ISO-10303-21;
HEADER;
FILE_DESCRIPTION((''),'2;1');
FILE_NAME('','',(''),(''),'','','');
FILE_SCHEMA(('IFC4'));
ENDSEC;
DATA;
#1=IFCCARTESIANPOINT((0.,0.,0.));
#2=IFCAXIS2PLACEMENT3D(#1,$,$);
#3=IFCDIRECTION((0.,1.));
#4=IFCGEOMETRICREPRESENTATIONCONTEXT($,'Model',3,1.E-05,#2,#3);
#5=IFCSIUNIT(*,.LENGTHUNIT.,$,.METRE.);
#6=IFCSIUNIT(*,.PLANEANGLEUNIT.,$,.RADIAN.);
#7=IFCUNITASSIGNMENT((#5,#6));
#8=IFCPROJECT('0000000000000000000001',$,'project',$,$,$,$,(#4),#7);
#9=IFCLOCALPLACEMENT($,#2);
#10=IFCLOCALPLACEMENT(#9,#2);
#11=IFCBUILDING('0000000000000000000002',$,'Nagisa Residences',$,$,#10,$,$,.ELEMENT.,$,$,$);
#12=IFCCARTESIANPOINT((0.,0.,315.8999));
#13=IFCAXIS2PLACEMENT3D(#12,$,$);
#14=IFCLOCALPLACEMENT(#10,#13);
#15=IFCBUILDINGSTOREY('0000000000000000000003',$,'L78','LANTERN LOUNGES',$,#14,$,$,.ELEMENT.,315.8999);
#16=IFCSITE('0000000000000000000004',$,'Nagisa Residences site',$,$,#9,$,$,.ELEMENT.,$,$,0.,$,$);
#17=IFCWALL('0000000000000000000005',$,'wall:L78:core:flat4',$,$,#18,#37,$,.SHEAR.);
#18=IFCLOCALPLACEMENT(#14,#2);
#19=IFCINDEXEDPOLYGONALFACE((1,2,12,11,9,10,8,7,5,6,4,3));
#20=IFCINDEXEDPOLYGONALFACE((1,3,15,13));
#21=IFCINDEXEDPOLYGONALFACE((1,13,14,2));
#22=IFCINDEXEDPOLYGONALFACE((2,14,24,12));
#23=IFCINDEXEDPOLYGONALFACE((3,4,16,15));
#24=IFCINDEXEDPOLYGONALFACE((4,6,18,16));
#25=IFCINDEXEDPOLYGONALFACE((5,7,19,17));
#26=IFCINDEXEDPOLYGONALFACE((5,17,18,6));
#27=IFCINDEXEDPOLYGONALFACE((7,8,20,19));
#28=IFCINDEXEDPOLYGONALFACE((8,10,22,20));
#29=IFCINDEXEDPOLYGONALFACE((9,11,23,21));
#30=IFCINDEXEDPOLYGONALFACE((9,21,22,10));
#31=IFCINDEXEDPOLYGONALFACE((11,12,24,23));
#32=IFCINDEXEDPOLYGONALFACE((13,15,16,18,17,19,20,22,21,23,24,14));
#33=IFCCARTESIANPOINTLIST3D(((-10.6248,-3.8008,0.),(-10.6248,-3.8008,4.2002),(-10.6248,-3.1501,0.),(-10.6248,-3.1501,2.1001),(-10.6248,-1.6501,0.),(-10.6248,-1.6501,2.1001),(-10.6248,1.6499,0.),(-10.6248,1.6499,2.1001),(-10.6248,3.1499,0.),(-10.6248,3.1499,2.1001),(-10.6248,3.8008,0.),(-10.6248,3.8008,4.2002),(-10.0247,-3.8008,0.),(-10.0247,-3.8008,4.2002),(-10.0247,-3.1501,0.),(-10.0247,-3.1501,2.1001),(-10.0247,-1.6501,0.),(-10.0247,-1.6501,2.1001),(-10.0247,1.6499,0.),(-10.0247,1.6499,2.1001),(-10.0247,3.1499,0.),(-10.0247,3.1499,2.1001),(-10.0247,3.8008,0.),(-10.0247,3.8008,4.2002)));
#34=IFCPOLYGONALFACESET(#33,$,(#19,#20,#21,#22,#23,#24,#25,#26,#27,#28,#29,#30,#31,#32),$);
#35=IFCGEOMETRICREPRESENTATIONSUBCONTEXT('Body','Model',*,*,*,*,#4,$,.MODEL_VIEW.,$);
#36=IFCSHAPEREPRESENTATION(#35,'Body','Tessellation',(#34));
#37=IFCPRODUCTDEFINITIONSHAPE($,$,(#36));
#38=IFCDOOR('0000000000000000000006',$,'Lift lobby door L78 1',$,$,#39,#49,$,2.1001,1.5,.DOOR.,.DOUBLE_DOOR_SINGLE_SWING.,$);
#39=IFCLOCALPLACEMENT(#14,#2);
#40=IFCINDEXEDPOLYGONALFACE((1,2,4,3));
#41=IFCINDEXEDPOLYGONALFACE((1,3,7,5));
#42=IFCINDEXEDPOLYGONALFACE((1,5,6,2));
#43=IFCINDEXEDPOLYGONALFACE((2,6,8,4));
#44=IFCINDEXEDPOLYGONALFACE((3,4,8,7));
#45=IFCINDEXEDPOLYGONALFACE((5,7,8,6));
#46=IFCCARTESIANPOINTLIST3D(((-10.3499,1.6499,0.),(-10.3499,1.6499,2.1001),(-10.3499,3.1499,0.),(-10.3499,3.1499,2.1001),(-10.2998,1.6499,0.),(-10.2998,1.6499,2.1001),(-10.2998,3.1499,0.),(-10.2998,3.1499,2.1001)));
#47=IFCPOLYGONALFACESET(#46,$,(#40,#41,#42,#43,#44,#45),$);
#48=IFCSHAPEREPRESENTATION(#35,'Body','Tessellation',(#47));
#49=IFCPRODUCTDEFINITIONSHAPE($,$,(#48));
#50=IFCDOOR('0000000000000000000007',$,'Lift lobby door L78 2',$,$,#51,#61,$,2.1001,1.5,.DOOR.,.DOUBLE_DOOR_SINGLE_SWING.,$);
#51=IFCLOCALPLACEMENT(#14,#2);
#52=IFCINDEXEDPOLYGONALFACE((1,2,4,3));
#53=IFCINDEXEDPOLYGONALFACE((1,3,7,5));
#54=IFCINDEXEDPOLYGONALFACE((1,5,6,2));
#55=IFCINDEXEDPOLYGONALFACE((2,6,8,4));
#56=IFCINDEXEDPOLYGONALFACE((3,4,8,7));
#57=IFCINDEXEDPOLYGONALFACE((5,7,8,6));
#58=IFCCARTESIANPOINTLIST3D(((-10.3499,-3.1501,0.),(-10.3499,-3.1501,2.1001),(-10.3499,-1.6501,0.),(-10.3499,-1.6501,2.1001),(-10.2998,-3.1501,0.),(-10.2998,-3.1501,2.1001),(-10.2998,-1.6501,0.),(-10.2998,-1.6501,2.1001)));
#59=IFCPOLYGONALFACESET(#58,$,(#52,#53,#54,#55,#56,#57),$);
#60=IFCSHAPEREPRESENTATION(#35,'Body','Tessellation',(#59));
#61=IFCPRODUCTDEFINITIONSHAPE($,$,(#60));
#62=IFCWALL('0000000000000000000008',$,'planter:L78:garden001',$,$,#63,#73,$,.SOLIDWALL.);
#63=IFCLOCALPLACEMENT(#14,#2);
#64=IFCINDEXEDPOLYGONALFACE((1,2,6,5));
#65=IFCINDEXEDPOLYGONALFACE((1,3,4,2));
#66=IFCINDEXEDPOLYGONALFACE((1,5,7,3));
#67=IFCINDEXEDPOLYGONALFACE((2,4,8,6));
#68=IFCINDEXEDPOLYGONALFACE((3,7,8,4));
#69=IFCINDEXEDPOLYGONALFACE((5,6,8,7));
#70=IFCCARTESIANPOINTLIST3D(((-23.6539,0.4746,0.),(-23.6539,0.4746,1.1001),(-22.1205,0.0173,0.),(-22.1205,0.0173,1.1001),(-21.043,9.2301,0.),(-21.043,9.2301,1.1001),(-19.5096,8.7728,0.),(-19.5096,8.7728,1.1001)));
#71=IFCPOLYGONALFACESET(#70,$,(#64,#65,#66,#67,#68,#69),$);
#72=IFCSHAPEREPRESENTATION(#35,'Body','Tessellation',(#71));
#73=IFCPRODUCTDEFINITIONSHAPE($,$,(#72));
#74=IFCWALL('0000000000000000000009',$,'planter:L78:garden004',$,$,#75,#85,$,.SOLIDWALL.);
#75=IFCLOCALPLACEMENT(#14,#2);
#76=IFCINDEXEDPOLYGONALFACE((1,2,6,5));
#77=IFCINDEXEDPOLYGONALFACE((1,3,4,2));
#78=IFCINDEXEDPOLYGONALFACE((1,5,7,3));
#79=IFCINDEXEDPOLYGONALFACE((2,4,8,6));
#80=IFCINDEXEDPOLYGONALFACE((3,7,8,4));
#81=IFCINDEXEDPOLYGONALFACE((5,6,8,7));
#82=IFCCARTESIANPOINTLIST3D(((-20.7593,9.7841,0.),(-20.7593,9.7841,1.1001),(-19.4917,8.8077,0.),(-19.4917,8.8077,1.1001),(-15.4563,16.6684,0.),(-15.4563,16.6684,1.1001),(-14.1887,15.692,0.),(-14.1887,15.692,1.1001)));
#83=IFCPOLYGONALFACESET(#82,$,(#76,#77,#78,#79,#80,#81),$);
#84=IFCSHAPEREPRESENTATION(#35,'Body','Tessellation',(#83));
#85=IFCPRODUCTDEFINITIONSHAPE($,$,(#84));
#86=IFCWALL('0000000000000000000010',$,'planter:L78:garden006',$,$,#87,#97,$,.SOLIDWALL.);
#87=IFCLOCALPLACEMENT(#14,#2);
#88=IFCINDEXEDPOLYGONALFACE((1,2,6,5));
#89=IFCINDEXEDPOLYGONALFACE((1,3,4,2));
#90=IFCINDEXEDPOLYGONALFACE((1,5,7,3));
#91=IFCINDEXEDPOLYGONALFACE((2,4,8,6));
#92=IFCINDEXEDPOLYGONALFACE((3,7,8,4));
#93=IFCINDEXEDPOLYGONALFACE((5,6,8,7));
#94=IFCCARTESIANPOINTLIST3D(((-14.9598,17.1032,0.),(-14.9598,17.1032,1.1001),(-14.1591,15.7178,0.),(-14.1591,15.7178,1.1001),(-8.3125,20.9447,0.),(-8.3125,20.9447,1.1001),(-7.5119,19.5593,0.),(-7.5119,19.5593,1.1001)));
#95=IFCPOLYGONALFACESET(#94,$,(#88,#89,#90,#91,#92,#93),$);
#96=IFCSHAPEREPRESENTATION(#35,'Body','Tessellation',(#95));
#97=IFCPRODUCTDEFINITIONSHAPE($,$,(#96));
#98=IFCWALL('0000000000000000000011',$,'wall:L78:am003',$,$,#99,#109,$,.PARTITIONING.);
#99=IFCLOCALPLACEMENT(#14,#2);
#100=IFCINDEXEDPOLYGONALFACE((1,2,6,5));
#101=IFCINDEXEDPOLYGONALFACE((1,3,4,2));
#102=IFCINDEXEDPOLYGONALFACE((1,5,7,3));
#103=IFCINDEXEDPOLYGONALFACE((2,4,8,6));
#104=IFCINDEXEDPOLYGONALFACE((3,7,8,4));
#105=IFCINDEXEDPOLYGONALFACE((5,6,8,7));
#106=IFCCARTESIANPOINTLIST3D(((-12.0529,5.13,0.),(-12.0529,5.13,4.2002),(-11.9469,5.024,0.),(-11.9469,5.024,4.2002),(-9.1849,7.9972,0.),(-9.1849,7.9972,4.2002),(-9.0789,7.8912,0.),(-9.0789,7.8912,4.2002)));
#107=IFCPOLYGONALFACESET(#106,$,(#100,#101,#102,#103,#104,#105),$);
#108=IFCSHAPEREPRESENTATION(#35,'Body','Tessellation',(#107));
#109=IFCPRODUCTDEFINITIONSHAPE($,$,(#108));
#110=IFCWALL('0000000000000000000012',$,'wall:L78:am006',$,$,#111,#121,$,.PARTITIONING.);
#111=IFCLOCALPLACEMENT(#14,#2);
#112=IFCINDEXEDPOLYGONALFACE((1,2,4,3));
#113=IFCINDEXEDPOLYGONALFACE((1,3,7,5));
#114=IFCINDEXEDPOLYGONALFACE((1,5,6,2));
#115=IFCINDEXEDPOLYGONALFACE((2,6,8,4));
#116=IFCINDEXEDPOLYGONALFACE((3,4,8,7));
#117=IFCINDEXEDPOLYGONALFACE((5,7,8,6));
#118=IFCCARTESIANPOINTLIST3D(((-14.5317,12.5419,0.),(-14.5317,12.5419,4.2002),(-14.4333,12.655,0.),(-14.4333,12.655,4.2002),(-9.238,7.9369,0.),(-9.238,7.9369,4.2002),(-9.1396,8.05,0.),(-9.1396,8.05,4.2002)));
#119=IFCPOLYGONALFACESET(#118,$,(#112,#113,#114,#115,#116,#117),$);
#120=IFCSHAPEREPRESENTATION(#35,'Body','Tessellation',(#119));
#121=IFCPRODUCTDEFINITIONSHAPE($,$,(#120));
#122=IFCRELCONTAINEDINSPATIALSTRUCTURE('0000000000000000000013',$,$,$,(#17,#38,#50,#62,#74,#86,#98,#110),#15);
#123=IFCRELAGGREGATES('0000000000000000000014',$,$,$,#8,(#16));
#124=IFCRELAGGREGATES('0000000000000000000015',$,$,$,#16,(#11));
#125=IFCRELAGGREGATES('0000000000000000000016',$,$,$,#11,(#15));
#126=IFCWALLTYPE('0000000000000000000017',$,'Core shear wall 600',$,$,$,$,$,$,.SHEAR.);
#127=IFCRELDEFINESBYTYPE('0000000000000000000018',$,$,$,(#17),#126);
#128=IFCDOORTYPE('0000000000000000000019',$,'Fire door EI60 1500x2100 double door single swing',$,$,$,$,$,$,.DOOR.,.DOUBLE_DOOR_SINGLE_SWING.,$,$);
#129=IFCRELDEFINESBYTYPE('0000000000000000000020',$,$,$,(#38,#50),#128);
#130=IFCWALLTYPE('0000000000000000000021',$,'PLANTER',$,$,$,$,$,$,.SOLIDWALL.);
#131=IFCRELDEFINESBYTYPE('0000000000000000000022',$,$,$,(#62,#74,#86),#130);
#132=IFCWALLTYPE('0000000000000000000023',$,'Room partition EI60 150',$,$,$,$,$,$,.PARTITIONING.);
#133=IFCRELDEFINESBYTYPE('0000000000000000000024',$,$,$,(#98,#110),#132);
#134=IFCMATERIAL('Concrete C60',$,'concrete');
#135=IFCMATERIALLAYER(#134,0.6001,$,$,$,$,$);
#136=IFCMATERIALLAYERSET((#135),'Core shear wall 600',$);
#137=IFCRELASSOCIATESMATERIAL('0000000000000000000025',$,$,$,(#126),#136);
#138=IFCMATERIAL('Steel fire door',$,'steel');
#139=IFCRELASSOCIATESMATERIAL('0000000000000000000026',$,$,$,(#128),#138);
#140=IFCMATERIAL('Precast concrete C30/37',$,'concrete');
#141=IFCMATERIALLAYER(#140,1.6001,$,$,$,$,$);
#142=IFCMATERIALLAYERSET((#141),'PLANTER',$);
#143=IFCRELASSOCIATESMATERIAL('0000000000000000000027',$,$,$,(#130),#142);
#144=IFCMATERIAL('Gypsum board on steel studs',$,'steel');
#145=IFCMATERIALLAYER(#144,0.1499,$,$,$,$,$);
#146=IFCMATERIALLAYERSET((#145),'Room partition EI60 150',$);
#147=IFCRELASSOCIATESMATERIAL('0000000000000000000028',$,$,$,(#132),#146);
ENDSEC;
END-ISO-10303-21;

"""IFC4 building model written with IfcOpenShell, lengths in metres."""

from ifc_helpers import new_model, si_unit, direction, frame, frame_2d, origin, place, context, subcontext, project, spatial, rectangle, extrude, material, layer, layer_set, type_object, element, fill, save


model = new_model("IFC4")

# Units and contexts
model_context = context("Model", 3, precision=1e-05, world=origin(), true_north=direction((0.0, 1.0)))
body_context = subcontext(model_context, "Body", "Model", "MODEL_VIEW")
ifc_project = project(units=[si_unit("LENGTHUNIT", "METRE"), si_unit("PLANEANGLEUNIT", "RADIAN")], contexts=[model_context])

# Site, building, storey
site_placement = place(None, origin())
site = spatial("IfcSite", under=ifc_project, at=site_placement, Name="Nagisa Residences site", CompositionType="ELEMENT", RefElevation=0.0)
building_placement = place(site_placement, origin())
building = spatial("IfcBuilding", under=site, at=building_placement, Name="Nagisa Residences", CompositionType="ELEMENT")
storey_placement = place(building_placement, frame((0.0, 0.0, 315.8999)))
storey = spatial("IfcBuildingStorey", under=building, at=storey_placement, Name="L78", Description="LANTERN LOUNGES", CompositionType="ELEMENT", Elevation=315.8999)

# Wall, openings, doors
ifc_material_1 = material(Name="Concrete C60", Category="concrete")
ifc_layer_1 = layer(ifc_material_1, 0.6001)
ifc_layer_set_1 = layer_set([ifc_layer_1], Name="Core shear wall 600")
wall_type_1 = type_object("IfcWallType", Name="Core shear wall 600", PredefinedType="SHEAR", material=ifc_layer_set_1)
wall_1_placement = place(storey_placement, frame((-10.3247, 3.8008, 0.0), z_axis=(0.0, 0.0, 1.0), x_axis=(0.0, -1.0, 0.0)))
wall_1 = element("IfcWall", 1, at=wall_1_placement, inside=storey, type_object=wall_type_1, Name="wall:L78:core:flat4", PredefinedType="SHEAR", context=body_context, shape_type="SweptSolid", body=[
    extrude(rectangle(XDim=7.6016, YDim=0.6001, at=frame_2d((3.8008, 0.0))), origin(), (0.0, 0.0, 1.0), 4.2002),
])
opening_1_placement = place(wall_1_placement, frame((0.6509, 0.0, 0.0)))
opening_1 = element("IfcOpeningElement", 2, at=opening_1_placement, cuts=wall_1, PredefinedType="OPENING", context=body_context, shape_type="SweptSolid", body=[
    extrude(rectangle(XDim=1.5, YDim=2.1001, at=frame_2d((0.75, 1.05))), frame((0.0, 0.3101, 0.0), z_axis=(0.0, -1.0, 0.0), x_axis=(1.0, 0.0, 0.0)), (0.0, 0.0, 1.0), 0.6201),
])
opening_2_placement = place(wall_1_placement, frame((5.4509, 0.0, 0.0)))
opening_2 = element("IfcOpeningElement", 3, at=opening_2_placement, cuts=wall_1, PredefinedType="OPENING", context=body_context, shape_type="SweptSolid", body=[
    extrude(rectangle(XDim=1.5, YDim=2.1001, at=frame_2d((0.75, 1.05))), frame((0.0, 0.3101, 0.0), z_axis=(0.0, -1.0, 0.0), x_axis=(1.0, 0.0, 0.0)), (0.0, 0.0, 1.0), 0.6201),
])
ifc_material_2 = material(Name="Steel fire door", Category="steel")
door_type = type_object("IfcDoorType", Name="Fire door EI60 1500x2100 double door single swing", OperationType="DOUBLE_DOOR_SINGLE_SWING", PredefinedType="DOOR", material=ifc_material_2)
door_1_placement = place(opening_1_placement, origin())
door_1 = element("IfcDoor", 4, at=door_1_placement, inside=storey, type_object=door_type, Name="Lift lobby door L78 1", OperationType="DOUBLE_DOOR_SINGLE_SWING", OverallHeight=2.1001, OverallWidth=1.5, PredefinedType="DOOR", context=body_context, shape_type="SweptSolid", body=[
    extrude(rectangle(XDim=1.5, YDim=2.1001, at=frame_2d((0.75, 1.05))), frame((0.0, 0.0249, 0.0), z_axis=(0.0, -1.0, 0.0), x_axis=(1.0, 0.0, 0.0)), (0.0, 0.0, 1.0), 0.05),
])
fill(opening_1, door_1)
door_2_placement = place(opening_2_placement, origin())
door_2 = element("IfcDoor", 5, at=door_2_placement, inside=storey, type_object=door_type, Name="Lift lobby door L78 2", OperationType="DOUBLE_DOOR_SINGLE_SWING", OverallHeight=2.1001, OverallWidth=1.5, PredefinedType="DOOR", context=body_context, shape_type="SweptSolid", body=[
    extrude(rectangle(XDim=1.5, YDim=2.1001, at=frame_2d((0.75, 1.05))), frame((0.0, 0.0249, 0.0), z_axis=(0.0, -1.0, 0.0), x_axis=(1.0, 0.0, 0.0)), (0.0, 0.0, 1.0), 0.05),
])
fill(opening_2, door_2)

# Walls
ifc_material_3 = material(Name="Precast concrete C30/37", Category="concrete")
ifc_layer_2 = layer(ifc_material_3, 1.6001)
ifc_layer_set_2 = layer_set([ifc_layer_2], Name="PLANTER")
wall_type_2 = type_object("IfcWallType", Name="PLANTER", PredefinedType="SOLIDWALL", material=ifc_layer_set_2)
wall_2_placement = place(storey_placement, frame((-22.8872, 0.2458, 0.0), z_axis=(0.0, 0.0, 1.0), x_axis=(0.285764, 0.9583, 0.0)))
element("IfcWall", 6, at=wall_2_placement, inside=storey, type_object=wall_type_2, Name="planter:L78:garden001", PredefinedType="SOLIDWALL", context=body_context, shape_type="SweptSolid", body=[
    extrude(rectangle(XDim=9.1365, YDim=1.6001, at=frame_2d((4.5684, 0.0))), origin(), (0.0, 0.0, 1.0), 1.1001),
])
wall_3_placement = place(storey_placement, frame((-20.1255, 9.2959, 0.0), z_axis=(0.0, 0.0, 1.0), x_axis=(0.610244, 0.792213, 0.0)))
element("IfcWall", 7, at=wall_3_placement, inside=storey, type_object=wall_type_2, Name="planter:L78:garden004", PredefinedType="SOLIDWALL", context=body_context, shape_type="SweptSolid", body=[
    extrude(rectangle(XDim=8.6899, YDim=1.6001, at=frame_2d((4.345, 0.0))), origin(), (0.0, 0.0, 1.0), 1.1001),
])
wall_4_placement = place(storey_placement, frame((-14.5596, 16.4104, 0.0), z_axis=(0.0, 0.0, 1.0), x_axis=(0.865812, 0.500369, 0.0)))
element("IfcWall", 8, at=wall_4_placement, inside=storey, type_object=wall_type_2, Name="planter:L78:garden006", PredefinedType="SOLIDWALL", context=body_context, shape_type="SweptSolid", body=[
    extrude(rectangle(XDim=7.6775, YDim=1.6001, at=frame_2d((3.8389, 0.0))), origin(), (0.0, 0.0, 1.0), 1.1001),
])
ifc_material_4 = material(Name="Gypsum board on steel studs", Category="steel")
ifc_layer_3 = layer(ifc_material_4, 0.1499)
ifc_layer_set_3 = layer_set([ifc_layer_3], Name="Room partition EI60 150")
wall_type_3 = type_object("IfcWallType", Name="Room partition EI60 150", PredefinedType="PARTITIONING", material=ifc_layer_set_3)
wall_5_placement = place(storey_placement, frame((-12.0, 5.0769, 0.0), z_axis=(0.0, 0.0, 1.0), x_axis=(0.707197, 0.707016, 0.0)))
element("IfcWall", 9, at=wall_5_placement, inside=storey, type_object=wall_type_3, Name="wall:L78:am003", PredefinedType="PARTITIONING", context=body_context, shape_type="SweptSolid", body=[
    extrude(rectangle(XDim=4.0554, YDim=0.1499, at=frame_2d((2.0278, 0.0))), origin(), (0.0, 0.0, 1.0), 4.2002),
])
wall_6_placement = place(storey_placement, frame((-9.1887, 7.9934, 0.0), z_axis=(0.0, 0.0, 1.0), x_axis=(-0.754481, 0.656322, 0.0)))
element("IfcWall", 10, at=wall_6_placement, inside=storey, type_object=wall_type_3, Name="wall:L78:am006", PredefinedType="PARTITIONING", context=body_context, shape_type="SweptSolid", body=[
    extrude(rectangle(XDim=7.0164, YDim=0.1499, at=frame_2d((3.5083, 0.0))), origin(), (0.0, 0.0, 1.0), 4.2002),
])

save(model, "model.ifc")
